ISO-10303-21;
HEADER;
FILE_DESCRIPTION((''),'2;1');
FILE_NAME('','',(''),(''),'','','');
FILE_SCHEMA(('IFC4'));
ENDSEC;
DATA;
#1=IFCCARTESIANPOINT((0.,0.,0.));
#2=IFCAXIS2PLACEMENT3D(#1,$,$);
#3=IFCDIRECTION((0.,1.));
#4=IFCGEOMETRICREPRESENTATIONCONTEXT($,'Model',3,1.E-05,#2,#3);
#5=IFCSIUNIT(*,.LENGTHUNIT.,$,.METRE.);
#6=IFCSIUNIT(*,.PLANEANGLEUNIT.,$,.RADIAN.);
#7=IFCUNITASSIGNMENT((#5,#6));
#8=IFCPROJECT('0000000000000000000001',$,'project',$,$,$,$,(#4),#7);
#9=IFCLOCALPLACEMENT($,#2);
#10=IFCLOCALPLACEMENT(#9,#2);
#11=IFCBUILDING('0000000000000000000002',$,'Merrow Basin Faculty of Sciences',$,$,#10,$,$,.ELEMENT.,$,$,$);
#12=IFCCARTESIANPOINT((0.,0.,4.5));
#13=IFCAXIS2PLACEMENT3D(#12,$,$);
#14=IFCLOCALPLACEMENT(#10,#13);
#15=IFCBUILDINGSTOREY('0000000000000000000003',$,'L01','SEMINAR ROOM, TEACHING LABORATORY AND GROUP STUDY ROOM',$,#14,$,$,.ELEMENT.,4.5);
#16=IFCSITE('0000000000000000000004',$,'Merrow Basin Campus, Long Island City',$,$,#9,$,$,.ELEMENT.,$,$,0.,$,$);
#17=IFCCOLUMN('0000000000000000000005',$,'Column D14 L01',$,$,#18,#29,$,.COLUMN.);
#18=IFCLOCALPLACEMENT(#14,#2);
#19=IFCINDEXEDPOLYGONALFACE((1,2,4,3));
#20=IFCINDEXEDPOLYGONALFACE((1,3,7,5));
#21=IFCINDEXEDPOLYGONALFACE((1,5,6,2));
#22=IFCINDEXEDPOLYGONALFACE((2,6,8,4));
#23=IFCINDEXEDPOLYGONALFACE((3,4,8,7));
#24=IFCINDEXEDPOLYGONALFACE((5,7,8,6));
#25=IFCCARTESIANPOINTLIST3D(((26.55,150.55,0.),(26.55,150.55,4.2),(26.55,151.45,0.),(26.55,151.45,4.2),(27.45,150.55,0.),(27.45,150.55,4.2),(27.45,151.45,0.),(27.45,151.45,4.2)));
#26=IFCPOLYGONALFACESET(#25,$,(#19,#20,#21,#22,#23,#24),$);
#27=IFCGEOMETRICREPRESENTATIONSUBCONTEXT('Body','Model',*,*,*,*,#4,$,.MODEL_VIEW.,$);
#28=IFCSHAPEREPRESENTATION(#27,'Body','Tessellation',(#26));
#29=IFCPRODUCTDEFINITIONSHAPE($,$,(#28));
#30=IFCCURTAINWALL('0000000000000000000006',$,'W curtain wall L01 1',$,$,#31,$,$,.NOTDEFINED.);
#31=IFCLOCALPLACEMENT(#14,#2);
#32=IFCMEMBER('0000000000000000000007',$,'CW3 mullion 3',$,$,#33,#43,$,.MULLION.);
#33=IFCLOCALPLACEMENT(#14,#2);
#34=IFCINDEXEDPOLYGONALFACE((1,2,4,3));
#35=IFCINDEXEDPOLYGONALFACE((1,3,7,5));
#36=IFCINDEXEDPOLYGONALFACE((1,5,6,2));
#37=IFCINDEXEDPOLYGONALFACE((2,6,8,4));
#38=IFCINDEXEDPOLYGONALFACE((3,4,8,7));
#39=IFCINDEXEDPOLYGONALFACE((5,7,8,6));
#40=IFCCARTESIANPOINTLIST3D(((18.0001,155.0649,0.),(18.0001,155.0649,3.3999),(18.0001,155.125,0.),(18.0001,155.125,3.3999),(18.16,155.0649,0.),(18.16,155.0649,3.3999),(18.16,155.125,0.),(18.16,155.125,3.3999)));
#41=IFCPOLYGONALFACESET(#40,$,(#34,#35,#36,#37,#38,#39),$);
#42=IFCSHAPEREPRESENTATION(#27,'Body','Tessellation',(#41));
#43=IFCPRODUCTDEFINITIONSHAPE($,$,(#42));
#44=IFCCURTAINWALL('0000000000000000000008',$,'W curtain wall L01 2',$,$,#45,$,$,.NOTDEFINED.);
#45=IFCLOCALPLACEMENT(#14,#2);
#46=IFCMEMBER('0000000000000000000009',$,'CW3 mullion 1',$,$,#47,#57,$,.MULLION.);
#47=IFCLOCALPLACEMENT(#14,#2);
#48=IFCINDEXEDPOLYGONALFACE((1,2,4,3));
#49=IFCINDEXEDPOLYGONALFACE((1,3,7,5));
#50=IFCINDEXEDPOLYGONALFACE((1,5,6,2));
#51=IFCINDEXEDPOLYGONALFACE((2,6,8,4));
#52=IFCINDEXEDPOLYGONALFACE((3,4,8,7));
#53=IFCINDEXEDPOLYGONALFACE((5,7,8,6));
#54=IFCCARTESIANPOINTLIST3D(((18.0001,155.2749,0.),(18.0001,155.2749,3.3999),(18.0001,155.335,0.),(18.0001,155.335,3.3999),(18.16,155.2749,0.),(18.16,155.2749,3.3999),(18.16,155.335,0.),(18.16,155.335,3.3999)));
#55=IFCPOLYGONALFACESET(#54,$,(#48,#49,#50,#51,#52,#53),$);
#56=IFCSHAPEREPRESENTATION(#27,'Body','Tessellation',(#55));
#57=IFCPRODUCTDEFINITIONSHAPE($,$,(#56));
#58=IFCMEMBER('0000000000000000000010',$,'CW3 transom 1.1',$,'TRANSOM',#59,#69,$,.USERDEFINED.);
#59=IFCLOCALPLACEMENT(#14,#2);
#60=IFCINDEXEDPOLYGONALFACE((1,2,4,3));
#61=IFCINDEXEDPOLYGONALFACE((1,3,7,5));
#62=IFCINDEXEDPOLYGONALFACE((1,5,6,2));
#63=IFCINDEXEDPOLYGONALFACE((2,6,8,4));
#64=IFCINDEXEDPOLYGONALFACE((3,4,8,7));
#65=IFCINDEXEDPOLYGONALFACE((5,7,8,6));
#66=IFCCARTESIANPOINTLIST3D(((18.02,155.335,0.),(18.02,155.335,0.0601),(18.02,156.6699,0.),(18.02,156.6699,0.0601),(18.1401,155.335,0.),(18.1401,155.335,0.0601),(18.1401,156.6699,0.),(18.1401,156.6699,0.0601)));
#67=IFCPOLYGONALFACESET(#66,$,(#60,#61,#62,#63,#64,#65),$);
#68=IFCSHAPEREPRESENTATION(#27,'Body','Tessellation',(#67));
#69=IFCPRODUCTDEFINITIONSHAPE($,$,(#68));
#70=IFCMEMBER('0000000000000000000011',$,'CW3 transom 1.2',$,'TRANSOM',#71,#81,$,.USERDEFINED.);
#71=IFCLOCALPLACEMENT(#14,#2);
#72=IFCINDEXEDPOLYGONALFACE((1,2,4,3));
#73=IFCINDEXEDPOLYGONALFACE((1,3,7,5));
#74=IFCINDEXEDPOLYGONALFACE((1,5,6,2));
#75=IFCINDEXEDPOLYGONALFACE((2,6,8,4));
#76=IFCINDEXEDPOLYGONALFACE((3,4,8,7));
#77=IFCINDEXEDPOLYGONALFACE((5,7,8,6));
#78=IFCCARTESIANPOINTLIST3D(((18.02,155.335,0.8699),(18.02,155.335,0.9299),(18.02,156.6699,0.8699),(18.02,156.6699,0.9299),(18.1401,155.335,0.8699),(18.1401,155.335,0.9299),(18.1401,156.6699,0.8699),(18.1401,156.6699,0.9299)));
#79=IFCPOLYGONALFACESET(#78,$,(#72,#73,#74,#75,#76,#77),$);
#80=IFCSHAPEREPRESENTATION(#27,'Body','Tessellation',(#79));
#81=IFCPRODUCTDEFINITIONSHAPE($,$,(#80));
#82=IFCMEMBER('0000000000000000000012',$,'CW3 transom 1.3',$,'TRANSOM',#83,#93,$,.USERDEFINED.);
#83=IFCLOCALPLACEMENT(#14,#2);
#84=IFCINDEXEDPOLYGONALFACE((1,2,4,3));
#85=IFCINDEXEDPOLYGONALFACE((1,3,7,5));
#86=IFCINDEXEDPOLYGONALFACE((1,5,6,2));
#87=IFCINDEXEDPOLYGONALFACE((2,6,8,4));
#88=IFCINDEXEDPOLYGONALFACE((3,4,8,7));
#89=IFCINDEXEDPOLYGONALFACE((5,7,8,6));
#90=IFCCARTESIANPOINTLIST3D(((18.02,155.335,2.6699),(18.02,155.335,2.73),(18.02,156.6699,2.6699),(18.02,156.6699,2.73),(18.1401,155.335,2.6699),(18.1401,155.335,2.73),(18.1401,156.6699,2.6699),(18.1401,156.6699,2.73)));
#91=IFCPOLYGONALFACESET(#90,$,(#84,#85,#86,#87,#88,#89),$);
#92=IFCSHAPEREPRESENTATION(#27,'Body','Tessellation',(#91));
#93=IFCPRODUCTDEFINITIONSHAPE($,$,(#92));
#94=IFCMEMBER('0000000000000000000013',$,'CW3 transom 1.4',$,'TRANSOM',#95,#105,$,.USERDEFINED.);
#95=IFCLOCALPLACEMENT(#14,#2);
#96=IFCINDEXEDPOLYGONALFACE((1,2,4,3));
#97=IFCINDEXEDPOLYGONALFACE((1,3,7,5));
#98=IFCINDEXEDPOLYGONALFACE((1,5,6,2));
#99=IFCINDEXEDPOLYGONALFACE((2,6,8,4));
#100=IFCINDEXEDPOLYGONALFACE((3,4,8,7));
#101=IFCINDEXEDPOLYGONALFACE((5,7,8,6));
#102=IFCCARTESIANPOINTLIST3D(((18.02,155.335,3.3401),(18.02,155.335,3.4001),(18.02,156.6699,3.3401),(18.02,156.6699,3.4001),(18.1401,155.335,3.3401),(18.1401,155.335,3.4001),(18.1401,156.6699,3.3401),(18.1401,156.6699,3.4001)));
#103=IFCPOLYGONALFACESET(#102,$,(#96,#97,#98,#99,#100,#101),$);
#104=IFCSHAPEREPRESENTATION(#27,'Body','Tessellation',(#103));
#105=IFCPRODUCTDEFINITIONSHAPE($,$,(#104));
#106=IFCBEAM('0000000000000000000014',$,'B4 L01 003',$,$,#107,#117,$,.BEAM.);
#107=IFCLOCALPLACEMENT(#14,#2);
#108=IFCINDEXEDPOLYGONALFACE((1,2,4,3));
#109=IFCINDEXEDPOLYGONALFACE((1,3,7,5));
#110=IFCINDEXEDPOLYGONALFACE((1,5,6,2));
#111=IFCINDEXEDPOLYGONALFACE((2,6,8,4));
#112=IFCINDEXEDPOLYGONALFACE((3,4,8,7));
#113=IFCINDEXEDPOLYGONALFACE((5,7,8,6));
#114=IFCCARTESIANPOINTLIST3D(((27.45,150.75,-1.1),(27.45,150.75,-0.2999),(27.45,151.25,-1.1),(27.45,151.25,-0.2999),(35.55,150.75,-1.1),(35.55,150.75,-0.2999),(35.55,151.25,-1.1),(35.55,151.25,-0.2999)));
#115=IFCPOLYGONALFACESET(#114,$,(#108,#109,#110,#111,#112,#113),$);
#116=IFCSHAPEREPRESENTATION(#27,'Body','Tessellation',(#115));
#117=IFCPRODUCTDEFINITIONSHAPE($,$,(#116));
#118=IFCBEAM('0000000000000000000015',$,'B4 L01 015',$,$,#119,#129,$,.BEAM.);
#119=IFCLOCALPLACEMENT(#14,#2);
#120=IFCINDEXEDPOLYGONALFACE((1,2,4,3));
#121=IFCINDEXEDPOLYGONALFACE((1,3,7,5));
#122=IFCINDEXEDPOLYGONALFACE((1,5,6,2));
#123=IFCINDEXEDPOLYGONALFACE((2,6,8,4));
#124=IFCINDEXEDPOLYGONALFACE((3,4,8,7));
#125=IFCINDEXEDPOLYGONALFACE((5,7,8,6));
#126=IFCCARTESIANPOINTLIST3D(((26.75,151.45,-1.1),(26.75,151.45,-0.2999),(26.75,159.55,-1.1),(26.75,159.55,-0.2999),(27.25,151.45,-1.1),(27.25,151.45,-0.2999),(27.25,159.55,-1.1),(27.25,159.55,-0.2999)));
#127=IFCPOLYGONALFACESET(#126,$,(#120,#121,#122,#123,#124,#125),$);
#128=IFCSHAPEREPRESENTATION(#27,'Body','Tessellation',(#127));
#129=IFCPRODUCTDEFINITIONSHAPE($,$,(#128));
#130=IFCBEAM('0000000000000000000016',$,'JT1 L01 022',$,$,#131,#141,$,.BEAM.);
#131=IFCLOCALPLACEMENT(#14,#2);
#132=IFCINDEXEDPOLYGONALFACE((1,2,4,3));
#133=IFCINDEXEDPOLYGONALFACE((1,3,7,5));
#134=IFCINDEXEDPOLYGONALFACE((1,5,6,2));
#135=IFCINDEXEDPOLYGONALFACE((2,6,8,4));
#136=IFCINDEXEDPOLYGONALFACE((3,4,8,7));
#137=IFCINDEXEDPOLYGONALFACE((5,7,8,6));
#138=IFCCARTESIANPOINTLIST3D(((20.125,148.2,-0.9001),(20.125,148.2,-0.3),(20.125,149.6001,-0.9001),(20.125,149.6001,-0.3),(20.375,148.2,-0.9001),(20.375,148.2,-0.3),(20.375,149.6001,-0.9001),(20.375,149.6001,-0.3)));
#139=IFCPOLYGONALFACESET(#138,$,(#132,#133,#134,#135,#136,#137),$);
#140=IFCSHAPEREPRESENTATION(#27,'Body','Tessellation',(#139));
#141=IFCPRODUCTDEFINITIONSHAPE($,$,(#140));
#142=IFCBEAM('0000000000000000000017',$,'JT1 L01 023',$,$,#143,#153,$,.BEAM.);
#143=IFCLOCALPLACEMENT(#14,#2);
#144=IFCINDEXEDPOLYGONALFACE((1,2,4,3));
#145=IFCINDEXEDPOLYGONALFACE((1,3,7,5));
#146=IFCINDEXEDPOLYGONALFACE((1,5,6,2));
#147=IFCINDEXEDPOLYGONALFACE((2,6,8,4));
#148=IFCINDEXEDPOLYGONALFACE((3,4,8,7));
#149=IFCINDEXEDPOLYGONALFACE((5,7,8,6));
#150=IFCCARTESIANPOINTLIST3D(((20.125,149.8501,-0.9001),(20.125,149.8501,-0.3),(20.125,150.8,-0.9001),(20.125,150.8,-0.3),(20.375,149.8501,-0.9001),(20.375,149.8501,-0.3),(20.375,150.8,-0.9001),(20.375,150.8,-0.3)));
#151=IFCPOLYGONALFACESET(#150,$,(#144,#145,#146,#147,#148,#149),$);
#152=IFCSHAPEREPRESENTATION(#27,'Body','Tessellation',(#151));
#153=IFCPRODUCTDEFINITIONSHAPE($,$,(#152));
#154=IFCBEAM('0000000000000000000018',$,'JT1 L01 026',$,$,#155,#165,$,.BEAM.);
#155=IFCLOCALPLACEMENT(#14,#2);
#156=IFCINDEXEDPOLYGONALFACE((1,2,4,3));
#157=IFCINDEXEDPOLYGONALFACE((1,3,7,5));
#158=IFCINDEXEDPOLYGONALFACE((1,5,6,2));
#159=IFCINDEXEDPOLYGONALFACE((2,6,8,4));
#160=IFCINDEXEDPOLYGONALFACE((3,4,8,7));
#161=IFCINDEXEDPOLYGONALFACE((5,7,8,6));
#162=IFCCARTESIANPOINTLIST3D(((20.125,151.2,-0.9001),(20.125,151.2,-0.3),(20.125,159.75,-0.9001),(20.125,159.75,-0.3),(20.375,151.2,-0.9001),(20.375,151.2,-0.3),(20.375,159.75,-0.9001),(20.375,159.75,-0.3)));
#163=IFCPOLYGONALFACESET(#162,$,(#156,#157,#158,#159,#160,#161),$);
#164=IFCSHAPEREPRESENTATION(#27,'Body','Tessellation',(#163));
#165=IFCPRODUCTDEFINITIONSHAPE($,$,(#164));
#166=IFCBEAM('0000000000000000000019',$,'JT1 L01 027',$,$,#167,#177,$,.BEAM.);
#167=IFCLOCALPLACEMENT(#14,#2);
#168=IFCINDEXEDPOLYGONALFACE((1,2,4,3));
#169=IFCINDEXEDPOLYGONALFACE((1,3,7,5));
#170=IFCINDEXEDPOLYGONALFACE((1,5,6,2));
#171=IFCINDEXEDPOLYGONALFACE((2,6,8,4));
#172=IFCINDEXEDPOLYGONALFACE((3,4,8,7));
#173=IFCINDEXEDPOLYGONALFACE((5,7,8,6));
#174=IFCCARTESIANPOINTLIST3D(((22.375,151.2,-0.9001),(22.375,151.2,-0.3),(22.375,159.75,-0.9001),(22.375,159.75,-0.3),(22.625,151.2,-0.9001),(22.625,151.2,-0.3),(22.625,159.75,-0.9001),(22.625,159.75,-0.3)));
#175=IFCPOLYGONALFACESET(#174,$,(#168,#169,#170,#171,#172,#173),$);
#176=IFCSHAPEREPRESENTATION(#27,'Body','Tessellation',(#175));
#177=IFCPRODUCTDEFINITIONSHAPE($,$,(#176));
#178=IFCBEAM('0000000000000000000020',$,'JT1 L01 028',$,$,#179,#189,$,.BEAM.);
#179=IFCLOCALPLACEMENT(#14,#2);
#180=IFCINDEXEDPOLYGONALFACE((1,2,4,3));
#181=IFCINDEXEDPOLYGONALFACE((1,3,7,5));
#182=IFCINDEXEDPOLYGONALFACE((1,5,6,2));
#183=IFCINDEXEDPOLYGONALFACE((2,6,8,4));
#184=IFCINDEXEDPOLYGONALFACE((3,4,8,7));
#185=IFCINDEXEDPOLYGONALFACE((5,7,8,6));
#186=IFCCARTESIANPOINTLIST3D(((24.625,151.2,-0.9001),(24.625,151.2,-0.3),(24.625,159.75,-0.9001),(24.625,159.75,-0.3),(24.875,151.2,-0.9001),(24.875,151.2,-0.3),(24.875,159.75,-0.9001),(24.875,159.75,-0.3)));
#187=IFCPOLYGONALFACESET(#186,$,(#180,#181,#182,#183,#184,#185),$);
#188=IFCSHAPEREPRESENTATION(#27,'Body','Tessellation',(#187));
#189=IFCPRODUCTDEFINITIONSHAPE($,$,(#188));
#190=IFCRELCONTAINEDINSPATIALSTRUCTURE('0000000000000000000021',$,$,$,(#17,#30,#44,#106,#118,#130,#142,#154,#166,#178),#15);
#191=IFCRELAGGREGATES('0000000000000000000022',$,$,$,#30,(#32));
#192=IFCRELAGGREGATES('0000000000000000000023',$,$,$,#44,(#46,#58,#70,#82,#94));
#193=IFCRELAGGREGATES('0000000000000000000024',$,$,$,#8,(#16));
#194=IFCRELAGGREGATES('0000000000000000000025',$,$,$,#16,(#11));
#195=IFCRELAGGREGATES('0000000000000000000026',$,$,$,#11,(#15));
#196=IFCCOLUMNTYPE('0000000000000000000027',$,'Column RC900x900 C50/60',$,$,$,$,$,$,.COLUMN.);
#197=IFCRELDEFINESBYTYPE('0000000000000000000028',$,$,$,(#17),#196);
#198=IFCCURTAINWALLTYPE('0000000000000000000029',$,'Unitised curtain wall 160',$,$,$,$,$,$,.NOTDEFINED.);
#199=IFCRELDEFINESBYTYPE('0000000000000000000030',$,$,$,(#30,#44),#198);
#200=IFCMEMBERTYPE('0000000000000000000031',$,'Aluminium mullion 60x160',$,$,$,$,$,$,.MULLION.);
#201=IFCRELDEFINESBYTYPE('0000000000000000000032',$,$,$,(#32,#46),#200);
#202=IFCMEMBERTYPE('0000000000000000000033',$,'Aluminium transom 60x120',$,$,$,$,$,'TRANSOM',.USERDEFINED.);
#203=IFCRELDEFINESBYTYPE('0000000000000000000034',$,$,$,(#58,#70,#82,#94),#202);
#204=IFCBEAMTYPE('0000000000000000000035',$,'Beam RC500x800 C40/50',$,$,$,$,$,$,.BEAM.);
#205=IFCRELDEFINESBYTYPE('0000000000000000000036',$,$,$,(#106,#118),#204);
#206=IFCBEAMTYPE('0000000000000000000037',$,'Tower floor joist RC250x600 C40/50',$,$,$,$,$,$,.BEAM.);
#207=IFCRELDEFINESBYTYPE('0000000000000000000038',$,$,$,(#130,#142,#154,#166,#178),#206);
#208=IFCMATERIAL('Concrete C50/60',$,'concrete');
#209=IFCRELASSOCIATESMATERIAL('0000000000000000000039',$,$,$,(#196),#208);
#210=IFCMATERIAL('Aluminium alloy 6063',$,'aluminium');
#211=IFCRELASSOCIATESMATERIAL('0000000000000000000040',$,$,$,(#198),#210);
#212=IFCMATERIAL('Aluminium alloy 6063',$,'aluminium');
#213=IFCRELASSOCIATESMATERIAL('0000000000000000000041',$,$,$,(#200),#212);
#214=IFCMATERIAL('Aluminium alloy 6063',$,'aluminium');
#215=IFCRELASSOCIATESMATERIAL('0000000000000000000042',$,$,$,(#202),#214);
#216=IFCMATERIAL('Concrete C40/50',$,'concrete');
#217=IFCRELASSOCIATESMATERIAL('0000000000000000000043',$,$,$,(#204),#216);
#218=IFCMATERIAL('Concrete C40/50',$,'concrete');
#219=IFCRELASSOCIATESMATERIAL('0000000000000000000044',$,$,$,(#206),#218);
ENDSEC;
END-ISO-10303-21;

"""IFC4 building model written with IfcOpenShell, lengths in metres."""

from ifc_helpers import new_model, si_unit, direction, frame, origin, origin_2d, place, context, subcontext, project, spatial, rectangle, extrude, material, material_profile, profile_set, type_object, element, aggregate, save


model = new_model("IFC4")

# Units and contexts
model_context = context("Model", 3, precision=1e-05, world=origin(), true_north=direction((0.0, 1.0)))
body_context = subcontext(model_context, "Body", "Model", "MODEL_VIEW")
ifc_project = project(units=[si_unit("LENGTHUNIT", "METRE"), si_unit("PLANEANGLEUNIT", "RADIAN")], contexts=[model_context])

# Site, building, storey
site_placement = place(None, origin())
site = spatial("IfcSite", under=ifc_project, at=site_placement, Name="Merrow Basin Campus, Long Island City", CompositionType="ELEMENT", RefElevation=0.0)
building_placement = place(site_placement, origin())
building = spatial("IfcBuilding", under=site, at=building_placement, Name="Merrow Basin Faculty of Sciences", CompositionType="ELEMENT")
storey_placement = place(building_placement, frame((0.0, 0.0, 4.5)))
storey = spatial("IfcBuildingStorey", under=building, at=storey_placement, Name="L01", Description="SEMINAR ROOM, TEACHING LABORATORY AND GROUP STUDY ROOM", CompositionType="ELEMENT", Elevation=4.5)

# Column
ifc_material_1 = material(Name="Concrete C50/60", Category="concrete")
ifc_material_profile_1 = material_profile(ifc_material_1, rectangle(XDim=0.8999, YDim=0.8999, at=origin_2d()))
ifc_profile_set_1 = profile_set([ifc_material_profile_1], Name="Concrete C50/60")
column_type = type_object("IfcColumnType", Name="Column RC900x900 C50/60", PredefinedType="COLUMN", material=ifc_profile_set_1)
column_placement = place(storey_placement, frame((27.0, 151.0, 0.0), z_axis=(0.0, 0.0, 1.0), x_axis=(1.0, 0.0, 0.0)))
element("IfcColumn", 1, at=column_placement, inside=storey, type_object=column_type, Name="Column D14 L01", PredefinedType="COLUMN", context=body_context, shape_type="SweptSolid", body=[
    extrude(rectangle(XDim=0.8999, YDim=0.8999, at=origin_2d()), origin(), (0.0, 0.0, 1.0), 4.2),
])

# Curtain wall, member
ifc_material_2 = material(Name="Aluminium alloy 6063", Category="aluminium")
curtain_wall_type = type_object("IfcCurtainWallType", Name="Unitised curtain wall 160", PredefinedType="NOTDEFINED", material=ifc_material_2)
curtain_wall_1_placement = place(storey_placement, origin())
curtain_wall_1 = element("IfcCurtainWall", 2, at=curtain_wall_1_placement, inside=storey, type_object=curtain_wall_type, Name="W curtain wall L01 1", PredefinedType="NOTDEFINED")
ifc_material_3 = material(Name="Aluminium alloy 6063", Category="aluminium")
ifc_material_profile_2 = material_profile(ifc_material_3, rectangle(XDim=0.1599, YDim=0.0601, at=origin_2d()))
ifc_profile_set_2 = profile_set([ifc_material_profile_2], Name="Aluminium alloy 6063")
member_type_1 = type_object("IfcMemberType", Name="Aluminium mullion 60x160", PredefinedType="MULLION", material=ifc_profile_set_2)
member_1_placement = place(storey_placement, frame((18.0801, 155.095, 0.0), z_axis=(0.0, 0.0, 1.0), x_axis=(-1.0, 0.0, 0.0)))
member_1 = element("IfcMember", 3, at=member_1_placement, type_object=member_type_1, Name="CW3 mullion 3", PredefinedType="MULLION", context=body_context, shape_type="SweptSolid", body=[
    extrude(rectangle(XDim=0.1599, YDim=0.0601, at=origin_2d()), origin(), (0.0, 0.0, 1.0), 3.3999),
])
aggregate(curtain_wall_1, [member_1])

# Curtain wall, members
curtain_wall_2_placement = place(storey_placement, origin())
curtain_wall_2 = element("IfcCurtainWall", 4, at=curtain_wall_2_placement, inside=storey, type_object=curtain_wall_type, Name="W curtain wall L01 2", PredefinedType="NOTDEFINED")
member_2_placement = place(storey_placement, frame((18.0801, 155.3049, 0.0), z_axis=(0.0, 0.0, 1.0), x_axis=(-1.0, 0.0, 0.0)))
member_2 = element("IfcMember", 5, at=member_2_placement, type_object=member_type_1, Name="CW3 mullion 1", PredefinedType="MULLION", context=body_context, shape_type="SweptSolid", body=[
    extrude(rectangle(XDim=0.1599, YDim=0.0601, at=origin_2d()), origin(), (0.0, 0.0, 1.0), 3.3999),
])
ifc_material_4 = material(Name="Aluminium alloy 6063", Category="aluminium")
ifc_material_profile_3 = material_profile(ifc_material_4, rectangle(XDim=0.1201, YDim=0.0601, at=origin_2d()))
ifc_profile_set_3 = profile_set([ifc_material_profile_3], Name="Aluminium alloy 6063")
member_type_2 = type_object("IfcMemberType", Name="Aluminium transom 60x120", ElementType="TRANSOM", PredefinedType="USERDEFINED", material=ifc_profile_set_3)
member_3_placement = place(storey_placement, frame((18.0801, 155.335, 0.03), z_axis=(0.0, 1.0, 0.0), x_axis=(-1.0, 0.0, 0.0)))
member_3 = element("IfcMember", 6, at=member_3_placement, type_object=member_type_2, Name="CW3 transom 1.1", ObjectType="TRANSOM", PredefinedType="USERDEFINED", context=body_context, shape_type="SweptSolid", body=[
    extrude(rectangle(XDim=0.1201, YDim=0.0601, at=origin_2d()), origin(), (0.0, 0.0, 1.0), 1.335),
])
member_4_placement = place(storey_placement, frame((18.0801, 155.335, 0.8999), z_axis=(0.0, 1.0, 0.0), x_axis=(-1.0, 0.0, 0.0)))
member_4 = element("IfcMember", 7, at=member_4_placement, type_object=member_type_2, Name="CW3 transom 1.2", ObjectType="TRANSOM", PredefinedType="USERDEFINED", context=body_context, shape_type="SweptSolid", body=[
    extrude(rectangle(XDim=0.1201, YDim=0.0601, at=origin_2d()), origin(), (0.0, 0.0, 1.0), 1.335),
])
member_5_placement = place(storey_placement, frame((18.0801, 155.335, 2.7), z_axis=(0.0, 1.0, 0.0), x_axis=(-1.0, 0.0, 0.0)))
member_5 = element("IfcMember", 8, at=member_5_placement, type_object=member_type_2, Name="CW3 transom 1.3", ObjectType="TRANSOM", PredefinedType="USERDEFINED", context=body_context, shape_type="SweptSolid", body=[
    extrude(rectangle(XDim=0.1201, YDim=0.0601, at=origin_2d()), origin(), (0.0, 0.0, 1.0), 1.335),
])
member_6_placement = place(storey_placement, frame((18.0801, 155.335, 3.3701), z_axis=(0.0, 1.0, 0.0), x_axis=(-1.0, 0.0, 0.0)))
member_6 = element("IfcMember", 9, at=member_6_placement, type_object=member_type_2, Name="CW3 transom 1.4", ObjectType="TRANSOM", PredefinedType="USERDEFINED", context=body_context, shape_type="SweptSolid", body=[
    extrude(rectangle(XDim=0.1201, YDim=0.0601, at=origin_2d()), origin(), (0.0, 0.0, 1.0), 1.335),
])
aggregate(curtain_wall_2, [member_2, member_3, member_4, member_5, member_6])

# Beams
ifc_material_5 = material(Name="Concrete C40/50", Category="concrete")
ifc_material_profile_4 = material_profile(ifc_material_5, rectangle(XDim=0.5, YDim=0.8, at=origin_2d()))
ifc_profile_set_4 = profile_set([ifc_material_profile_4], Name="Concrete C40/50")
beam_type_1 = type_object("IfcBeamType", Name="Beam RC500x800 C40/50", PredefinedType="BEAM", material=ifc_profile_set_4)
for number, where, z_axis, x_axis, name in (
    (10, (27.45, 151.0, -0.7), (1.0, 0.0, 0.0), (0.0, 1.0, 0.0), "B4 L01 003"),
    (11, (27.0, 151.45, -0.7), (0.0, 1.0, 0.0), (-1.0, 0.0, 0.0), "B4 L01 015"),
):
    element("IfcBeam", number, at=place(storey_placement, frame(where, z_axis=z_axis, x_axis=x_axis)), inside=storey, type_object=beam_type_1, Name=name, PredefinedType="BEAM", context=body_context, shape_type="SweptSolid", body=[
        extrude(rectangle(XDim=0.5, YDim=0.8, at=origin_2d()), origin(), (0.0, 0.0, 1.0), 8.1001),
    ])
ifc_material_6 = material(Name="Concrete C40/50", Category="concrete")
ifc_material_profile_5 = material_profile(ifc_material_6, rectangle(XDim=0.25, YDim=0.6001, at=origin_2d()))
ifc_profile_set_5 = profile_set([ifc_material_profile_5], Name="Concrete C40/50")
beam_type_2 = type_object("IfcBeamType", Name="Tower floor joist RC250x600 C40/50", PredefinedType="BEAM", material=ifc_profile_set_5)
beam_1_placement = place(storey_placement, frame((20.25, 148.2, -0.6001), z_axis=(0.0, 1.0, 0.0), x_axis=(-1.0, 0.0, 0.0)))
element("IfcBeam", 12, at=beam_1_placement, inside=storey, type_object=beam_type_2, Name="JT1 L01 022", PredefinedType="BEAM", context=body_context, shape_type="SweptSolid", body=[
    extrude(rectangle(XDim=0.25, YDim=0.6001, at=origin_2d()), origin(), (0.0, 0.0, 1.0), 1.4001),
])
beam_2_placement = place(storey_placement, frame((20.25, 149.8501, -0.6001), z_axis=(0.0, 1.0, 0.0), x_axis=(-1.0, 0.0, 0.0)))
element("IfcBeam", 13, at=beam_2_placement, inside=storey, type_object=beam_type_2, Name="JT1 L01 023", PredefinedType="BEAM", context=body_context, shape_type="SweptSolid", body=[
    extrude(rectangle(XDim=0.25, YDim=0.6001, at=origin_2d()), origin(), (0.0, 0.0, 1.0), 0.95),
])
for number, where, z_axis, x_axis, name in (
    (14, (20.25, 151.2, -0.6001), (0.0, 1.0, 0.0), (-1.0, 0.0, 0.0), "JT1 L01 026"),
    (15, (22.5, 151.2, -0.6001), (0.0, 1.0, 0.0), (-1.0, 0.0, 0.0), "JT1 L01 027"),
    (16, (24.75, 151.2, -0.6001), (0.0, 1.0, 0.0), (-1.0, 0.0, 0.0), "JT1 L01 028"),
):
    element("IfcBeam", number, at=place(storey_placement, frame(where, z_axis=z_axis, x_axis=x_axis)), inside=storey, type_object=beam_type_2, Name=name, PredefinedType="BEAM", context=body_context, shape_type="SweptSolid", body=[
        extrude(rectangle(XDim=0.25, YDim=0.6001, at=origin_2d()), origin(), (0.0, 0.0, 1.0), 8.55),
    ])

save(model, "model.ifc")
